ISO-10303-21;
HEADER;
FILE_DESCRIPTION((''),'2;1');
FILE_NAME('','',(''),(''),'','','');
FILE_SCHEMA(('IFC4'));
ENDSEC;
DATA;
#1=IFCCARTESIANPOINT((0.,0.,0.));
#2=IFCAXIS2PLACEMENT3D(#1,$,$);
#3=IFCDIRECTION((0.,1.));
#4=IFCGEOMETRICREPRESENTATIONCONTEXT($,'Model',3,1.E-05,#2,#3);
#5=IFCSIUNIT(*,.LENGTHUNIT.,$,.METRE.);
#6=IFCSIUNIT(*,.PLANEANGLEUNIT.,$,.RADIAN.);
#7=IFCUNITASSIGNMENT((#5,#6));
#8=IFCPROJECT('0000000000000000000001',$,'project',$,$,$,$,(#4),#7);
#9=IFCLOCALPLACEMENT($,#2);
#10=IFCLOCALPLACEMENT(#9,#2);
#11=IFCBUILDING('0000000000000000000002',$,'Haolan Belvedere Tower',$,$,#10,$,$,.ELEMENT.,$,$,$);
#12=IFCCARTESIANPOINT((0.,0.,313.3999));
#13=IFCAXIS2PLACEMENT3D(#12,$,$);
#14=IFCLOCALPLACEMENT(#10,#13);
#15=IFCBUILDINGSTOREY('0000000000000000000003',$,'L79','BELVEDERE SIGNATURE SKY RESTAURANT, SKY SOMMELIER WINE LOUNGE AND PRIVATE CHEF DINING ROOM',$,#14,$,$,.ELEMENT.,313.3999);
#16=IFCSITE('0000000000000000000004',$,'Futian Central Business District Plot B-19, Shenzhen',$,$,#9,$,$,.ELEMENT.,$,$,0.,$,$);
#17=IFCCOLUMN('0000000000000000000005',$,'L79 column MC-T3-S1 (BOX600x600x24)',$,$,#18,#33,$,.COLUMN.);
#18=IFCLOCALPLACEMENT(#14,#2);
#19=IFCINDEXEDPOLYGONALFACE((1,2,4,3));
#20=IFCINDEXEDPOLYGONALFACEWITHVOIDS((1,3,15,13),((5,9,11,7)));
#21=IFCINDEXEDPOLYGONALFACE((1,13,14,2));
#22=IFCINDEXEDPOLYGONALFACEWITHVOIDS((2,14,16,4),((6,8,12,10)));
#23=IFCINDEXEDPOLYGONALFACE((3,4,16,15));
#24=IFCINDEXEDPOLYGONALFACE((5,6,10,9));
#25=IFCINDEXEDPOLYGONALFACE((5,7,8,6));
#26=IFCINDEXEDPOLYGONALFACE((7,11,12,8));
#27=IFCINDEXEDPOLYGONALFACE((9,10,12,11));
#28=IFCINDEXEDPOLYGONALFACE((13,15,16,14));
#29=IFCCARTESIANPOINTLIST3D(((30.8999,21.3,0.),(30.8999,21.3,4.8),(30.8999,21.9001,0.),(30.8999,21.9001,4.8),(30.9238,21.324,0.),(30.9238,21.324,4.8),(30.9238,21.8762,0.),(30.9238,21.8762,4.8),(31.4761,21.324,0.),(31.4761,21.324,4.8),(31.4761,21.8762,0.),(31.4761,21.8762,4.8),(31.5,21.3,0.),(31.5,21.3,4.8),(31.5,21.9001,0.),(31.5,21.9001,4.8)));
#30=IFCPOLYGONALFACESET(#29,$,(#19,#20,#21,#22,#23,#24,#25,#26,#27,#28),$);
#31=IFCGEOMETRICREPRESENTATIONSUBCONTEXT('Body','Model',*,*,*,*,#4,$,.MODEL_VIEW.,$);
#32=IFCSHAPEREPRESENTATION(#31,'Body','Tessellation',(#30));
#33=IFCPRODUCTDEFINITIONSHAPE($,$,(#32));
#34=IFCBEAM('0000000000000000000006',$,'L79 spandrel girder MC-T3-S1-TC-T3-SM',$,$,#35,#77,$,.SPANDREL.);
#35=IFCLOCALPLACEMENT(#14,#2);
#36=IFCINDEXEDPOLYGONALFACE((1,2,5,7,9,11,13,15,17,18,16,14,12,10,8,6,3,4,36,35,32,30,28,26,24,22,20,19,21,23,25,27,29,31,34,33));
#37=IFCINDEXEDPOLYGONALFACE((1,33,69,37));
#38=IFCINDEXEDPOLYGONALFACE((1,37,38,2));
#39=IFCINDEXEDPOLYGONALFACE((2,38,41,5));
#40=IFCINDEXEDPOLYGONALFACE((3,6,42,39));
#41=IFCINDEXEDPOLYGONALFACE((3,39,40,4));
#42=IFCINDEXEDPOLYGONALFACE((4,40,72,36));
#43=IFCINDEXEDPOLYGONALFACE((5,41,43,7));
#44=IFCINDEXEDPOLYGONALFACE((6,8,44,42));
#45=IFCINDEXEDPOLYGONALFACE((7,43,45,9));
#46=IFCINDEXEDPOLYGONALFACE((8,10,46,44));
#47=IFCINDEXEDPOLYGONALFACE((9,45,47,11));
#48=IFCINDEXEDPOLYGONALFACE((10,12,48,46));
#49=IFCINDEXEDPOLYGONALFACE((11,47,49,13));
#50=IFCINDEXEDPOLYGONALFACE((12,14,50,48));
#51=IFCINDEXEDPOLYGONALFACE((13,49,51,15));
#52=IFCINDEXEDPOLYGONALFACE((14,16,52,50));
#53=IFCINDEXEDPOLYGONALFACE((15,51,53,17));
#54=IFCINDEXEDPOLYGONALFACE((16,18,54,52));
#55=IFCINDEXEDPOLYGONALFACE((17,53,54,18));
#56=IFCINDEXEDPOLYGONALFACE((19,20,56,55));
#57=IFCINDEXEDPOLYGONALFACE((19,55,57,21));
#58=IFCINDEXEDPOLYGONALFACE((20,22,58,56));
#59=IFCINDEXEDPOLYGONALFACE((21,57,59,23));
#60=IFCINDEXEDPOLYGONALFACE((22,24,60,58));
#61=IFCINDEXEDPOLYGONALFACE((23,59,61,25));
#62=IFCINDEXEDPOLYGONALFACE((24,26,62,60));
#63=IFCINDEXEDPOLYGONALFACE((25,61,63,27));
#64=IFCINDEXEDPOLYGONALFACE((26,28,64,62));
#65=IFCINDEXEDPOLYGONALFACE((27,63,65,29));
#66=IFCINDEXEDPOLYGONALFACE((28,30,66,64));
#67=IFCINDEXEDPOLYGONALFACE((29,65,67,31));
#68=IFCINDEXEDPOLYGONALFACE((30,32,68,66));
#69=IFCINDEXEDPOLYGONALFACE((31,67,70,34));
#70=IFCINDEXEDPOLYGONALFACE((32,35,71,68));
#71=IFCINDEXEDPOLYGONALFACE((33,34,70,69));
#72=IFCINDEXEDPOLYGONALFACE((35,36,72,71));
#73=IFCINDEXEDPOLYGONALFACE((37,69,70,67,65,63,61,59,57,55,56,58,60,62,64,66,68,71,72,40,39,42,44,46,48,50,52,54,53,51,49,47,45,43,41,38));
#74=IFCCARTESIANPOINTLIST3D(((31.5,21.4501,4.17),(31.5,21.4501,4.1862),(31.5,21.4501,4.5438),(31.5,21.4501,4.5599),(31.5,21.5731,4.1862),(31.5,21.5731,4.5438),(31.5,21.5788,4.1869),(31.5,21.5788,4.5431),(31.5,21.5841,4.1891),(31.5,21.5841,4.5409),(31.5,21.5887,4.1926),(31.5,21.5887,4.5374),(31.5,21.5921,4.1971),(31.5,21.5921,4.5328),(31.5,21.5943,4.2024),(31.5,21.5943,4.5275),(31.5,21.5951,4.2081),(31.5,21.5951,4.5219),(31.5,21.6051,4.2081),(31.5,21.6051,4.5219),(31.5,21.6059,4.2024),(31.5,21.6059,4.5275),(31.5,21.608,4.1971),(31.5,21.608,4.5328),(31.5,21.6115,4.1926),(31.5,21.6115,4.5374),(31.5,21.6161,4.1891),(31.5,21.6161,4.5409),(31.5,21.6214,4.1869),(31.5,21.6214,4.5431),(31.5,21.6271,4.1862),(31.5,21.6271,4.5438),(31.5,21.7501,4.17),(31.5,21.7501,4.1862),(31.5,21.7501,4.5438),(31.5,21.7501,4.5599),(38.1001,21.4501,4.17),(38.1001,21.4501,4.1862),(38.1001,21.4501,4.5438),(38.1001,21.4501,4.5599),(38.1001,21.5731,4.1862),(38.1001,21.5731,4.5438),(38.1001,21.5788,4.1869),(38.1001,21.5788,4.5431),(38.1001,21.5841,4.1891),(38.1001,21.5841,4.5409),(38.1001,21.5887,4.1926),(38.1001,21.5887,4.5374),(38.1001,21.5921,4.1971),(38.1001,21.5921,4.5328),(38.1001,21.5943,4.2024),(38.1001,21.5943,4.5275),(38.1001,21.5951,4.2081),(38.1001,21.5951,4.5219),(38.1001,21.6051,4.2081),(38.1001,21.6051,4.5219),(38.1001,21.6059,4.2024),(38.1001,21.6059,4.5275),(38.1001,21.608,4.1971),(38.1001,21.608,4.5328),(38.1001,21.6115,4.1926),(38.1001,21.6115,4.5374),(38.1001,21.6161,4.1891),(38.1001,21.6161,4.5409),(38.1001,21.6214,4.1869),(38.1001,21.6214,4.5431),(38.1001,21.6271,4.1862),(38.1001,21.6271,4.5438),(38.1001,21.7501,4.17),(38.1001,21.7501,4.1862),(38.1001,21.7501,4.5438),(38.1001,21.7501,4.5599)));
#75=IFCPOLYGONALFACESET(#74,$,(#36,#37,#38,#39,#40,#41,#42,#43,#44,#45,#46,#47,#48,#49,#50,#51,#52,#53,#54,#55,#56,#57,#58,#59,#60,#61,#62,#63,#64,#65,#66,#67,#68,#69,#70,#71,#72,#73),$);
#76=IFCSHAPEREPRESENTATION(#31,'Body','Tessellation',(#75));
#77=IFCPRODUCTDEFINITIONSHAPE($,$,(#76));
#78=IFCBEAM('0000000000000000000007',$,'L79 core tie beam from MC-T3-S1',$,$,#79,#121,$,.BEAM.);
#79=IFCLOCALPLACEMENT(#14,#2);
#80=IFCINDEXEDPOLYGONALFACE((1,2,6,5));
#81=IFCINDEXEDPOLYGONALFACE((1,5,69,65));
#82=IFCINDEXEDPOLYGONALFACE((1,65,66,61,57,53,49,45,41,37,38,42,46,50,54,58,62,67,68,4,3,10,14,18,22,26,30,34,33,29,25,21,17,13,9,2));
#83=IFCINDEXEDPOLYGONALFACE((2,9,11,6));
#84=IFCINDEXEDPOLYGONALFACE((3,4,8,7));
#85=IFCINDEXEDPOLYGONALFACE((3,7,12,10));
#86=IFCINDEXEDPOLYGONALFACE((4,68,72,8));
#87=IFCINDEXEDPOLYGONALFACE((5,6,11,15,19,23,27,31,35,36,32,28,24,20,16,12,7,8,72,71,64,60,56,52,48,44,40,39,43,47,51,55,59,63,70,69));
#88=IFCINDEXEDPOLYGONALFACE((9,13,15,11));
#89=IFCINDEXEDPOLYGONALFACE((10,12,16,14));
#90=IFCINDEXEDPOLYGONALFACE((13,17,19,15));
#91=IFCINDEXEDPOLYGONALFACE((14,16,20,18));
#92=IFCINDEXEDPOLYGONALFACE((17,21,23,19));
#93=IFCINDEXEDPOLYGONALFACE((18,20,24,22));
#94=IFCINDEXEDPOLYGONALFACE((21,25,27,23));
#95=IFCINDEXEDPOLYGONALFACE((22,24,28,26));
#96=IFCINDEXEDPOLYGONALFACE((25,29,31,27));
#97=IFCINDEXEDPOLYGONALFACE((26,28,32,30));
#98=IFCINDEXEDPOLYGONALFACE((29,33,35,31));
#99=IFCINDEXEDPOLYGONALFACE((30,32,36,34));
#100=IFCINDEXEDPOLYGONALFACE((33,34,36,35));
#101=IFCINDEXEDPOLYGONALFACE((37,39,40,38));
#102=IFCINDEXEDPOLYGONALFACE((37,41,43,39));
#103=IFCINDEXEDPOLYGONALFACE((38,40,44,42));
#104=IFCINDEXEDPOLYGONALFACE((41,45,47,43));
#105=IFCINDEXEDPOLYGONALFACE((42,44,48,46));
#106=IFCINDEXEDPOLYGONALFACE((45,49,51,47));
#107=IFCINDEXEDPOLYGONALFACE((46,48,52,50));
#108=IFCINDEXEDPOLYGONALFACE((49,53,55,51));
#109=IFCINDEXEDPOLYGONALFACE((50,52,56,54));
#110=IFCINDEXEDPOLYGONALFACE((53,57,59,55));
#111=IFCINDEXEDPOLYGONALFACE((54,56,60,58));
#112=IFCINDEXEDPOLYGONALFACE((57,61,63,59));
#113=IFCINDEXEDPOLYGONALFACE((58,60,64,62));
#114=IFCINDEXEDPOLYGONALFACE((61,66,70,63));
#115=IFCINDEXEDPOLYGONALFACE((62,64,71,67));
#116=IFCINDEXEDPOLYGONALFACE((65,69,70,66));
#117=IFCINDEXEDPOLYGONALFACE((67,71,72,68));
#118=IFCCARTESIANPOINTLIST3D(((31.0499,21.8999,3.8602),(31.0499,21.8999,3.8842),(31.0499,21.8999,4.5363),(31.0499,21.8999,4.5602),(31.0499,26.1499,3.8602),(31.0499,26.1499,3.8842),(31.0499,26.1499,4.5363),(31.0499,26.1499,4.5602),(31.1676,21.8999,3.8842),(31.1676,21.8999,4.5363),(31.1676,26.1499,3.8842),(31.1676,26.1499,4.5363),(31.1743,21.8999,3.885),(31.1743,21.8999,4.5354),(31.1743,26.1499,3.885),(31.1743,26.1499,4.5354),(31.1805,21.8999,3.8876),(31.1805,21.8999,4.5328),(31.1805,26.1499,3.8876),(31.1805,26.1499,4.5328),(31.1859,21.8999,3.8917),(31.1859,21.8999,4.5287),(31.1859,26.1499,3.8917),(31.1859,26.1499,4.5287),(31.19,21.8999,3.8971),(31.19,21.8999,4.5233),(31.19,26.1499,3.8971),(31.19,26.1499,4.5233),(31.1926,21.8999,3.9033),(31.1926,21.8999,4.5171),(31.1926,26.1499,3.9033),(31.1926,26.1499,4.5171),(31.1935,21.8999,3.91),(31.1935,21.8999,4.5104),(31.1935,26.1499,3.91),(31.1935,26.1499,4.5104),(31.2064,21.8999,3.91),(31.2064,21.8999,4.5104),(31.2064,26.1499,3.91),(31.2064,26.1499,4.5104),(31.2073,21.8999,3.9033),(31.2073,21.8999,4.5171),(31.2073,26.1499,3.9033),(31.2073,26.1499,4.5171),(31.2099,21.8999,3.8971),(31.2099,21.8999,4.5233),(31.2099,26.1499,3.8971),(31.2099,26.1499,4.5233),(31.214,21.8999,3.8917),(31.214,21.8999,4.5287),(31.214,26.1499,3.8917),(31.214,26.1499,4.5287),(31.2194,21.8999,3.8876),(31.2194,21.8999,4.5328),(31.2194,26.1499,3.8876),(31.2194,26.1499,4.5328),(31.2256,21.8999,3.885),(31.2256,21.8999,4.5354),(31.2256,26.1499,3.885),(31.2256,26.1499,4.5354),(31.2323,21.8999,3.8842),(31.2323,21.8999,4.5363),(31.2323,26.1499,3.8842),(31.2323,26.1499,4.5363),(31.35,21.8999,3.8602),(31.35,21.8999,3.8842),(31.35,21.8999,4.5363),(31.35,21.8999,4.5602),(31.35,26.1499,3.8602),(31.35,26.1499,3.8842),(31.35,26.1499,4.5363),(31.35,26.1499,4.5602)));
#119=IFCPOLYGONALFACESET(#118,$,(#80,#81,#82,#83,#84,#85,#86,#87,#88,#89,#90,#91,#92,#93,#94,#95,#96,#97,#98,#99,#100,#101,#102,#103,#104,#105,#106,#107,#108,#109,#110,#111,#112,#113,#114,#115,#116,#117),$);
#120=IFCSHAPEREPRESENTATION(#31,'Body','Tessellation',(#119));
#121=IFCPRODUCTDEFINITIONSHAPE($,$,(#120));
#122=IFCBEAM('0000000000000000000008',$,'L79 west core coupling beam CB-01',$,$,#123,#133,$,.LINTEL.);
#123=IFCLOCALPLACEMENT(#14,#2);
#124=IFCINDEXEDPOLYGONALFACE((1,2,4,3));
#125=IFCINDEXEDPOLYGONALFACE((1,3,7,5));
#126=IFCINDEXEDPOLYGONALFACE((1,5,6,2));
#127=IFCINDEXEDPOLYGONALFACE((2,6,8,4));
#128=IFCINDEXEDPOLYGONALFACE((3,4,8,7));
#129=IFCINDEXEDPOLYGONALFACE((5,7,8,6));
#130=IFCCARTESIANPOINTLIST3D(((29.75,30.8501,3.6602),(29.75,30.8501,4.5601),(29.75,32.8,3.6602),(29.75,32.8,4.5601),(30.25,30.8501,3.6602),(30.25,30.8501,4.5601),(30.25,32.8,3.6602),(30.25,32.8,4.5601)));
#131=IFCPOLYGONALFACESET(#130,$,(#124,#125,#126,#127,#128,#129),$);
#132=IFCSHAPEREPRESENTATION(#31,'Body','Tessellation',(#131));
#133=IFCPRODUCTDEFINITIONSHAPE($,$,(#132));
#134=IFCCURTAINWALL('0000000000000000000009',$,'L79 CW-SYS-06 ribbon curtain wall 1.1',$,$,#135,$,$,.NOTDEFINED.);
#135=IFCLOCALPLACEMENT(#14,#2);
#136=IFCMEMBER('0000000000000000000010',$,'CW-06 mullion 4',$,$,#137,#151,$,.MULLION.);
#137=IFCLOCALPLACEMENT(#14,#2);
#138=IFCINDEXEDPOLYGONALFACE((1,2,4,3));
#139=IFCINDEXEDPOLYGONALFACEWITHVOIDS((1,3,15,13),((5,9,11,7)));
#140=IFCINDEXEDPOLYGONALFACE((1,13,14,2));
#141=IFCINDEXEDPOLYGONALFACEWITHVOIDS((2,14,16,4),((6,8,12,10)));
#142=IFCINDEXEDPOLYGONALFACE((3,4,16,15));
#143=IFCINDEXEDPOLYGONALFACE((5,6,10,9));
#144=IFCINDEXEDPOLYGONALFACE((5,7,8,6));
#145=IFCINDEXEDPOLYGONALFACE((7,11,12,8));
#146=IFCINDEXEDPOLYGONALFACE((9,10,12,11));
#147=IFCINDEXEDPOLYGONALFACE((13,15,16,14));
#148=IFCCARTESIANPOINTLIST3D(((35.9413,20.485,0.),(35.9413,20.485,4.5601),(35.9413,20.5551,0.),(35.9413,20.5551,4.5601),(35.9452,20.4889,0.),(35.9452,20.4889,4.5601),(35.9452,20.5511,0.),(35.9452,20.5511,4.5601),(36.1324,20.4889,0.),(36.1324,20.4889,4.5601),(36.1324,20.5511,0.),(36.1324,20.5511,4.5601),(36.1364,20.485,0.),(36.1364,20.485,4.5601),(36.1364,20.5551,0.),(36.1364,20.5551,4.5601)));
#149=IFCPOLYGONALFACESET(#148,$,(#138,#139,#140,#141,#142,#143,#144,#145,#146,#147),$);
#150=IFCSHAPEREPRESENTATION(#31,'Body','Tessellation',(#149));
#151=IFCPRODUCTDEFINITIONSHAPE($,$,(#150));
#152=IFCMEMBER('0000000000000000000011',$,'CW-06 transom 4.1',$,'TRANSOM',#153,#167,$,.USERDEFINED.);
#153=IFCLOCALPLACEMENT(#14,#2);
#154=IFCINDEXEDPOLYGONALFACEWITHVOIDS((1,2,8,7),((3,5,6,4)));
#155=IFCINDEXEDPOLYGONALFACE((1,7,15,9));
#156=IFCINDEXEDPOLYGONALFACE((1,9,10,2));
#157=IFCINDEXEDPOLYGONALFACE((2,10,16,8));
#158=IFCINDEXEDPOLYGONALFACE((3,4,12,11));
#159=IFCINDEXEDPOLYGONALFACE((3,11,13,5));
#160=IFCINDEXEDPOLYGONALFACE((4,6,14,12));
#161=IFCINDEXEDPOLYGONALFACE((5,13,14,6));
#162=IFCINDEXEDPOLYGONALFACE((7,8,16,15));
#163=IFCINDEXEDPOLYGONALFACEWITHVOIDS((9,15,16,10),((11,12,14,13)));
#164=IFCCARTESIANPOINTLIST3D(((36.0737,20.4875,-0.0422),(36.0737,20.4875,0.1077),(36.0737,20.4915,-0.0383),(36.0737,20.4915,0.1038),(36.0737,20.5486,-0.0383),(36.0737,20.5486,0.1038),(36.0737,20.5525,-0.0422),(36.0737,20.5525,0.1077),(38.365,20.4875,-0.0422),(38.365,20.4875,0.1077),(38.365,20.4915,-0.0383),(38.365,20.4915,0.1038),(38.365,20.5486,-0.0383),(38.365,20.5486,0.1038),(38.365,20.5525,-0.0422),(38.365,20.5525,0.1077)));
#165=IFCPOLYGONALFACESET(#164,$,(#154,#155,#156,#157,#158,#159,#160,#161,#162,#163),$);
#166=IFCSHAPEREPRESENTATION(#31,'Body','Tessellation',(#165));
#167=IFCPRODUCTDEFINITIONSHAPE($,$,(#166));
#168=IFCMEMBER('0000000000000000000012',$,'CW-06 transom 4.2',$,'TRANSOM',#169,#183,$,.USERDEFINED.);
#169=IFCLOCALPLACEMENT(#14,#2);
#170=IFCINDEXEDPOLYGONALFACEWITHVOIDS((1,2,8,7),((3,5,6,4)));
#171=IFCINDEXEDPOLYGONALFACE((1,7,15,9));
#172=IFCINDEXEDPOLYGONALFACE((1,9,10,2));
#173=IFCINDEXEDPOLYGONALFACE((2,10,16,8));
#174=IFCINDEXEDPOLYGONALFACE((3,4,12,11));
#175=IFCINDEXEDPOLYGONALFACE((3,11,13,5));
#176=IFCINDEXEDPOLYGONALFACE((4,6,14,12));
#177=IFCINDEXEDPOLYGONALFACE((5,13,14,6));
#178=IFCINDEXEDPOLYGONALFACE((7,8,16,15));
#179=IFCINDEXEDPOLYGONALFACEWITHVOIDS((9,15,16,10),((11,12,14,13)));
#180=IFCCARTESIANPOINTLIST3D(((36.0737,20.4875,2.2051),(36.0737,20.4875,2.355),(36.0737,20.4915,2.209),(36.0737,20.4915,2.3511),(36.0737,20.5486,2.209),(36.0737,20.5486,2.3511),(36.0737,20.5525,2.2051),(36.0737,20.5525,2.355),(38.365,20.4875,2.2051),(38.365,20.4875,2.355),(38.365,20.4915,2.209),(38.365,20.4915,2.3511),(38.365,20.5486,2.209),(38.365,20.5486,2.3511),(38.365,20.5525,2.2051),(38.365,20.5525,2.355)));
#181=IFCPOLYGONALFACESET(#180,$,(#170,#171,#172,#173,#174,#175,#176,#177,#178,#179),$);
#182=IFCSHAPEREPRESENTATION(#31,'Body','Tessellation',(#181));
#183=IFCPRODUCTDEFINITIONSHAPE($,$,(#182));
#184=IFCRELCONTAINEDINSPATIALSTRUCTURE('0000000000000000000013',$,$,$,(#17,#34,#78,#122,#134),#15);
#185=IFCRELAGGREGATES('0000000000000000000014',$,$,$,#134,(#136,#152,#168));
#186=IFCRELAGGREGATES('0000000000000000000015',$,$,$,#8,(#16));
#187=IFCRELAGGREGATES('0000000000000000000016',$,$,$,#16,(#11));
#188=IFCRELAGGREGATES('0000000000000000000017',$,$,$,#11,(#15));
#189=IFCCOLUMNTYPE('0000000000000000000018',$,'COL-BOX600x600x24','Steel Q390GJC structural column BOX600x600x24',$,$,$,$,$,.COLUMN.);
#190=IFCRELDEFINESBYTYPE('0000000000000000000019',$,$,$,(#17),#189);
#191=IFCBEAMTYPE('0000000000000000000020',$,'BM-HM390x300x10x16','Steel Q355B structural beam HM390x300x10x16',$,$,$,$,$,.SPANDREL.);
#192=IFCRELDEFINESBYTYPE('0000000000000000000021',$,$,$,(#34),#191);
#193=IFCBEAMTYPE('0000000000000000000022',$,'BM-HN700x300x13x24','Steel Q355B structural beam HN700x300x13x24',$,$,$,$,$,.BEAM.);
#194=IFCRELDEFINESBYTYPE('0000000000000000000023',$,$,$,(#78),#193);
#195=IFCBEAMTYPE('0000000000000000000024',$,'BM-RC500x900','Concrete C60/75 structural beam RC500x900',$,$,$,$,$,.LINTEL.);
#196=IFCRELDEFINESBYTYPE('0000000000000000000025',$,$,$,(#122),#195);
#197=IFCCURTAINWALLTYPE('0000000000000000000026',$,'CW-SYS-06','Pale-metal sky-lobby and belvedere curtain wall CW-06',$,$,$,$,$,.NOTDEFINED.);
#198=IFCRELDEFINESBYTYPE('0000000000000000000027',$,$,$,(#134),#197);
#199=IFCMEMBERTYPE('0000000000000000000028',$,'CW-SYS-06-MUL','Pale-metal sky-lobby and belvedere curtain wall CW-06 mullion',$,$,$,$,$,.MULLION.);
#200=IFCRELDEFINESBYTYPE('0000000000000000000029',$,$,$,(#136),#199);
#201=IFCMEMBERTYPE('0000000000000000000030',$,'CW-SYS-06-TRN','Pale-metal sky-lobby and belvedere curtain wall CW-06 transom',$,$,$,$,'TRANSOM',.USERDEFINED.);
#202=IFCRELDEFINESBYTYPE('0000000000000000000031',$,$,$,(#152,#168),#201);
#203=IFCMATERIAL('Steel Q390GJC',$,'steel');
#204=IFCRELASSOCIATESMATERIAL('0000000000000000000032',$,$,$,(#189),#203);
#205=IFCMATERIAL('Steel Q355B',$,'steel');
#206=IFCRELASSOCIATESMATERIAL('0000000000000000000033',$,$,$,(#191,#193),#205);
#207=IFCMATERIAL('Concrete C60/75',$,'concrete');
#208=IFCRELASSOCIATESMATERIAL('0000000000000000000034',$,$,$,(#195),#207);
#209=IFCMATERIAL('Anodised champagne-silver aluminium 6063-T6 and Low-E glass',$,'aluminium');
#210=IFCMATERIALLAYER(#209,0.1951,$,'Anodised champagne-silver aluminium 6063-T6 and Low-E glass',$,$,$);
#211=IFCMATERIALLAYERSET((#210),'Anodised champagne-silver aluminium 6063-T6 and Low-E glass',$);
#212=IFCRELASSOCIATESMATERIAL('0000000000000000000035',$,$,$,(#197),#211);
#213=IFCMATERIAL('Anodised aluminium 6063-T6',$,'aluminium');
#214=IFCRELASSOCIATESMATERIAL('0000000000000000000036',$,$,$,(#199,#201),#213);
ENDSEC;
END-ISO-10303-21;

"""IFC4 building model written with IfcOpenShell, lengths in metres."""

from ifc_helpers import new_model, si_unit, direction, frame, origin, origin_2d, place, context, subcontext, project, spatial, rectangle, hollow_rectangle, i_section, extrude, material, layer, layer_set, material_profile, profile_set, type_object, element, aggregate, save


model = new_model("IFC4")

# Units and contexts
model_context = context("Model", 3, precision=1e-05, world=origin(), true_north=direction((0.0, 1.0)))
body_context = subcontext(model_context, "Body", "Model", "MODEL_VIEW")
ifc_project = project(units=[si_unit("LENGTHUNIT", "METRE"), si_unit("PLANEANGLEUNIT", "RADIAN")], contexts=[model_context])

# Site, building, storey
site_placement = place(None, origin())
site = spatial("IfcSite", under=ifc_project, at=site_placement, Name="Futian Central Business District Plot B-19, Shenzhen", CompositionType="ELEMENT", RefElevation=0.0)
building_placement = place(site_placement, origin())
building = spatial("IfcBuilding", under=site, at=building_placement, Name="Haolan Belvedere Tower", CompositionType="ELEMENT")
storey_placement = place(building_placement, frame((0.0, 0.0, 313.3999)))
storey = spatial("IfcBuildingStorey", under=building, at=storey_placement, Name="L79", Description="BELVEDERE SIGNATURE SKY RESTAURANT, SKY SOMMELIER WINE LOUNGE AND PRIVATE CHEF DINING ROOM", CompositionType="ELEMENT", Elevation=313.3999)

# Column
ifc_material_1 = material(Name="Steel Q390GJC", Category="steel")
ifc_material_profile_1 = material_profile(ifc_material_1, hollow_rectangle(XDim=0.6001, YDim=0.6001, WallThickness=0.0239, at=origin_2d()), Name="Steel Q390GJC")
ifc_profile_set_1 = profile_set([ifc_material_profile_1], Name="Steel Q390GJC")
column_type = type_object("IfcColumnType", Name="COL-BOX600x600x24", Description="Steel Q390GJC structural column BOX600x600x24", PredefinedType="COLUMN", material=ifc_profile_set_1)
column_placement = place(storey_placement, frame((31.2, 21.6001, 0.0), z_axis=(0.0, 0.0, 1.0), x_axis=(1.0, 0.0, 0.0)))
element("IfcColumn", 1, at=column_placement, inside=storey, type_object=column_type, Name="L79 column MC-T3-S1 (BOX600x600x24)", PredefinedType="COLUMN", context=body_context, shape_type="SweptSolid", body=[
    extrude(hollow_rectangle(XDim=0.6001, YDim=0.6001, WallThickness=0.0239, at=origin_2d()), origin(), (0.0, 0.0, 1.0), 4.8),
])

# Beams
ifc_material_2 = material(Name="Steel Q355B", Category="steel")
ifc_material_profile_2 = material_profile(ifc_material_2, i_section(OverallWidth=0.3, OverallDepth=0.3899, WebThickness=0.01, FlangeThickness=0.0161, FilletRadius=0.022, at=origin_2d()), Name="Steel Q355B")
ifc_profile_set_2 = profile_set([ifc_material_profile_2], Name="Steel Q355B")
beam_type_1 = type_object("IfcBeamType", Name="BM-HM390x300x10x16", Description="Steel Q355B structural beam HM390x300x10x16", PredefinedType="SPANDREL", material=ifc_profile_set_2)
beam_1_placement = place(storey_placement, frame((31.5, 21.6001, 4.365), z_axis=(1.0, 0.0, 0.0), x_axis=(0.0, 1.0, 0.0)))
element("IfcBeam", 2, at=beam_1_placement, inside=storey, type_object=beam_type_1, Name="L79 spandrel girder MC-T3-S1-TC-T3-SM", PredefinedType="SPANDREL", context=body_context, shape_type="SweptSolid", body=[
    extrude(i_section(OverallWidth=0.3, OverallDepth=0.3899, WebThickness=0.01, FlangeThickness=0.0161, FilletRadius=0.022, at=origin_2d()), origin(), (0.0, 0.0, 1.0), 6.6001),
])
ifc_material_profile_3 = material_profile(ifc_material_2, i_section(OverallWidth=0.3, OverallDepth=0.7, WebThickness=0.0129, FlangeThickness=0.0239, FilletRadius=0.0259, at=origin_2d()), Name="Steel Q355B")
ifc_profile_set_3 = profile_set([ifc_material_profile_3], Name="Steel Q355B")
beam_type_2 = type_object("IfcBeamType", Name="BM-HN700x300x13x24", Description="Steel Q355B structural beam HN700x300x13x24", PredefinedType="BEAM", material=ifc_profile_set_3)
beam_2_placement = place(storey_placement, frame((31.2, 21.8999, 4.2102), z_axis=(0.0, 1.0, 0.0), x_axis=(-1.0, 0.0, 0.0)))
element("IfcBeam", 3, at=beam_2_placement, inside=storey, type_object=beam_type_2, Name="L79 core tie beam from MC-T3-S1", PredefinedType="BEAM", context=body_context, shape_type="SweptSolid", body=[
    extrude(i_section(OverallWidth=0.3, OverallDepth=0.7, WebThickness=0.0129, FlangeThickness=0.0239, FilletRadius=0.0259, at=origin_2d()), origin(), (0.0, 0.0, 1.0), 4.25),
])
ifc_material_3 = material(Name="Concrete C60/75", Category="concrete")
ifc_material_profile_4 = material_profile(ifc_material_3, rectangle(XDim=0.5, YDim=0.8999, at=origin_2d()), Name="Concrete C60/75")
ifc_profile_set_4 = profile_set([ifc_material_profile_4], Name="Concrete C60/75")
beam_type_3 = type_object("IfcBeamType", Name="BM-RC500x900", Description="Concrete C60/75 structural beam RC500x900", PredefinedType="LINTEL", material=ifc_profile_set_4)
beam_3_placement = place(storey_placement, frame((30.0, 30.8501, 4.1101), z_axis=(0.0, 1.0, 0.0), x_axis=(-1.0, 0.0, 0.0)))
element("IfcBeam", 4, at=beam_3_placement, inside=storey, type_object=beam_type_3, Name="L79 west core coupling beam CB-01", PredefinedType="LINTEL", context=body_context, shape_type="SweptSolid", body=[
    extrude(rectangle(XDim=0.5, YDim=0.8999, at=origin_2d()), origin(), (0.0, 0.0, 1.0), 1.95),
])

# Curtain wall, members
ifc_material_4 = material(Name="Anodised champagne-silver aluminium 6063-T6 and Low-E glass", Category="aluminium")
ifc_layer_1 = layer(ifc_material_4, 0.1951, Name="Anodised champagne-silver aluminium 6063-T6 and Low-E glass")
ifc_layer_set_1 = layer_set([ifc_layer_1], Name="Anodised champagne-silver aluminium 6063-T6 and Low-E glass")
curtain_wall_type = type_object("IfcCurtainWallType", Name="CW-SYS-06", Description="Pale-metal sky-lobby and belvedere curtain wall CW-06", PredefinedType="NOTDEFINED", material=ifc_layer_set_1)
curtain_wall_placement = place(storey_placement, origin())
curtain_wall = element("IfcCurtainWall", 5, at=curtain_wall_placement, inside=storey, type_object=curtain_wall_type, Name="L79 CW-SYS-06 ribbon curtain wall 1.1", PredefinedType="NOTDEFINED")
ifc_material_5 = material(Name="Anodised aluminium 6063-T6", Category="aluminium")
ifc_material_profile_5 = material_profile(ifc_material_5, hollow_rectangle(XDim=0.0701, YDim=0.1951, WallThickness=0.0039, at=origin_2d()), Name="Anodised aluminium 6063-T6")
ifc_profile_set_5 = profile_set([ifc_material_profile_5], Name="Anodised aluminium 6063-T6")
member_type_1 = type_object("IfcMemberType", Name="CW-SYS-06-MUL", Description="Pale-metal sky-lobby and belvedere curtain wall CW-06 mullion", PredefinedType="MULLION", material=ifc_profile_set_5)
member_1_placement = place(storey_placement, frame((36.0388, 20.52, 0.0), z_axis=(0.0, 0.0, 1.0), x_axis=(0.0, 1.0, 0.0)))
member_1 = element("IfcMember", 6, at=member_1_placement, type_object=member_type_1, Name="CW-06 mullion 4", PredefinedType="MULLION", context=body_context, shape_type="SweptSolid", body=[
    extrude(hollow_rectangle(XDim=0.0701, YDim=0.1951, WallThickness=0.0039, at=origin_2d()), origin(), (0.0, 0.0, 1.0), 4.5601),
])
ifc_material_profile_6 = material_profile(ifc_material_5, hollow_rectangle(XDim=0.0649, YDim=0.1499, WallThickness=0.0039, at=origin_2d()), Name="Anodised aluminium 6063-T6")
ifc_profile_set_6 = profile_set([ifc_material_profile_6], Name="Anodised aluminium 6063-T6")
member_type_2 = type_object("IfcMemberType", Name="CW-SYS-06-TRN", Description="Pale-metal sky-lobby and belvedere curtain wall CW-06 transom", ElementType="TRANSOM", PredefinedType="USERDEFINED", material=ifc_profile_set_6)
member_2_placement = place(storey_placement, frame((36.0737, 20.52, 0.0327), z_axis=(1.0, 0.0, 0.0), x_axis=(0.0, 1.0, 0.0)))
member_2 = element("IfcMember", 7, at=member_2_placement, type_object=member_type_2, Name="CW-06 transom 4.1", ObjectType="TRANSOM", PredefinedType="USERDEFINED", context=body_context, shape_type="SweptSolid", body=[
    extrude(hollow_rectangle(XDim=0.0649, YDim=0.1499, WallThickness=0.0039, at=origin_2d()), origin(), (0.0, 0.0, 1.0), 2.2913),
])
member_3_placement = place(storey_placement, frame((36.0737, 20.52, 2.28), z_axis=(1.0, 0.0, 0.0), x_axis=(0.0, 1.0, 0.0)))
member_3 = element("IfcMember", 8, at=member_3_placement, type_object=member_type_2, Name="CW-06 transom 4.2", ObjectType="TRANSOM", PredefinedType="USERDEFINED", context=body_context, shape_type="SweptSolid", body=[
    extrude(hollow_rectangle(XDim=0.0649, YDim=0.1499, WallThickness=0.0039, at=origin_2d()), origin(), (0.0, 0.0, 1.0), 2.2913),
])
aggregate(curtain_wall, [member_1, member_2, member_3])

save(model, "model.ifc")
